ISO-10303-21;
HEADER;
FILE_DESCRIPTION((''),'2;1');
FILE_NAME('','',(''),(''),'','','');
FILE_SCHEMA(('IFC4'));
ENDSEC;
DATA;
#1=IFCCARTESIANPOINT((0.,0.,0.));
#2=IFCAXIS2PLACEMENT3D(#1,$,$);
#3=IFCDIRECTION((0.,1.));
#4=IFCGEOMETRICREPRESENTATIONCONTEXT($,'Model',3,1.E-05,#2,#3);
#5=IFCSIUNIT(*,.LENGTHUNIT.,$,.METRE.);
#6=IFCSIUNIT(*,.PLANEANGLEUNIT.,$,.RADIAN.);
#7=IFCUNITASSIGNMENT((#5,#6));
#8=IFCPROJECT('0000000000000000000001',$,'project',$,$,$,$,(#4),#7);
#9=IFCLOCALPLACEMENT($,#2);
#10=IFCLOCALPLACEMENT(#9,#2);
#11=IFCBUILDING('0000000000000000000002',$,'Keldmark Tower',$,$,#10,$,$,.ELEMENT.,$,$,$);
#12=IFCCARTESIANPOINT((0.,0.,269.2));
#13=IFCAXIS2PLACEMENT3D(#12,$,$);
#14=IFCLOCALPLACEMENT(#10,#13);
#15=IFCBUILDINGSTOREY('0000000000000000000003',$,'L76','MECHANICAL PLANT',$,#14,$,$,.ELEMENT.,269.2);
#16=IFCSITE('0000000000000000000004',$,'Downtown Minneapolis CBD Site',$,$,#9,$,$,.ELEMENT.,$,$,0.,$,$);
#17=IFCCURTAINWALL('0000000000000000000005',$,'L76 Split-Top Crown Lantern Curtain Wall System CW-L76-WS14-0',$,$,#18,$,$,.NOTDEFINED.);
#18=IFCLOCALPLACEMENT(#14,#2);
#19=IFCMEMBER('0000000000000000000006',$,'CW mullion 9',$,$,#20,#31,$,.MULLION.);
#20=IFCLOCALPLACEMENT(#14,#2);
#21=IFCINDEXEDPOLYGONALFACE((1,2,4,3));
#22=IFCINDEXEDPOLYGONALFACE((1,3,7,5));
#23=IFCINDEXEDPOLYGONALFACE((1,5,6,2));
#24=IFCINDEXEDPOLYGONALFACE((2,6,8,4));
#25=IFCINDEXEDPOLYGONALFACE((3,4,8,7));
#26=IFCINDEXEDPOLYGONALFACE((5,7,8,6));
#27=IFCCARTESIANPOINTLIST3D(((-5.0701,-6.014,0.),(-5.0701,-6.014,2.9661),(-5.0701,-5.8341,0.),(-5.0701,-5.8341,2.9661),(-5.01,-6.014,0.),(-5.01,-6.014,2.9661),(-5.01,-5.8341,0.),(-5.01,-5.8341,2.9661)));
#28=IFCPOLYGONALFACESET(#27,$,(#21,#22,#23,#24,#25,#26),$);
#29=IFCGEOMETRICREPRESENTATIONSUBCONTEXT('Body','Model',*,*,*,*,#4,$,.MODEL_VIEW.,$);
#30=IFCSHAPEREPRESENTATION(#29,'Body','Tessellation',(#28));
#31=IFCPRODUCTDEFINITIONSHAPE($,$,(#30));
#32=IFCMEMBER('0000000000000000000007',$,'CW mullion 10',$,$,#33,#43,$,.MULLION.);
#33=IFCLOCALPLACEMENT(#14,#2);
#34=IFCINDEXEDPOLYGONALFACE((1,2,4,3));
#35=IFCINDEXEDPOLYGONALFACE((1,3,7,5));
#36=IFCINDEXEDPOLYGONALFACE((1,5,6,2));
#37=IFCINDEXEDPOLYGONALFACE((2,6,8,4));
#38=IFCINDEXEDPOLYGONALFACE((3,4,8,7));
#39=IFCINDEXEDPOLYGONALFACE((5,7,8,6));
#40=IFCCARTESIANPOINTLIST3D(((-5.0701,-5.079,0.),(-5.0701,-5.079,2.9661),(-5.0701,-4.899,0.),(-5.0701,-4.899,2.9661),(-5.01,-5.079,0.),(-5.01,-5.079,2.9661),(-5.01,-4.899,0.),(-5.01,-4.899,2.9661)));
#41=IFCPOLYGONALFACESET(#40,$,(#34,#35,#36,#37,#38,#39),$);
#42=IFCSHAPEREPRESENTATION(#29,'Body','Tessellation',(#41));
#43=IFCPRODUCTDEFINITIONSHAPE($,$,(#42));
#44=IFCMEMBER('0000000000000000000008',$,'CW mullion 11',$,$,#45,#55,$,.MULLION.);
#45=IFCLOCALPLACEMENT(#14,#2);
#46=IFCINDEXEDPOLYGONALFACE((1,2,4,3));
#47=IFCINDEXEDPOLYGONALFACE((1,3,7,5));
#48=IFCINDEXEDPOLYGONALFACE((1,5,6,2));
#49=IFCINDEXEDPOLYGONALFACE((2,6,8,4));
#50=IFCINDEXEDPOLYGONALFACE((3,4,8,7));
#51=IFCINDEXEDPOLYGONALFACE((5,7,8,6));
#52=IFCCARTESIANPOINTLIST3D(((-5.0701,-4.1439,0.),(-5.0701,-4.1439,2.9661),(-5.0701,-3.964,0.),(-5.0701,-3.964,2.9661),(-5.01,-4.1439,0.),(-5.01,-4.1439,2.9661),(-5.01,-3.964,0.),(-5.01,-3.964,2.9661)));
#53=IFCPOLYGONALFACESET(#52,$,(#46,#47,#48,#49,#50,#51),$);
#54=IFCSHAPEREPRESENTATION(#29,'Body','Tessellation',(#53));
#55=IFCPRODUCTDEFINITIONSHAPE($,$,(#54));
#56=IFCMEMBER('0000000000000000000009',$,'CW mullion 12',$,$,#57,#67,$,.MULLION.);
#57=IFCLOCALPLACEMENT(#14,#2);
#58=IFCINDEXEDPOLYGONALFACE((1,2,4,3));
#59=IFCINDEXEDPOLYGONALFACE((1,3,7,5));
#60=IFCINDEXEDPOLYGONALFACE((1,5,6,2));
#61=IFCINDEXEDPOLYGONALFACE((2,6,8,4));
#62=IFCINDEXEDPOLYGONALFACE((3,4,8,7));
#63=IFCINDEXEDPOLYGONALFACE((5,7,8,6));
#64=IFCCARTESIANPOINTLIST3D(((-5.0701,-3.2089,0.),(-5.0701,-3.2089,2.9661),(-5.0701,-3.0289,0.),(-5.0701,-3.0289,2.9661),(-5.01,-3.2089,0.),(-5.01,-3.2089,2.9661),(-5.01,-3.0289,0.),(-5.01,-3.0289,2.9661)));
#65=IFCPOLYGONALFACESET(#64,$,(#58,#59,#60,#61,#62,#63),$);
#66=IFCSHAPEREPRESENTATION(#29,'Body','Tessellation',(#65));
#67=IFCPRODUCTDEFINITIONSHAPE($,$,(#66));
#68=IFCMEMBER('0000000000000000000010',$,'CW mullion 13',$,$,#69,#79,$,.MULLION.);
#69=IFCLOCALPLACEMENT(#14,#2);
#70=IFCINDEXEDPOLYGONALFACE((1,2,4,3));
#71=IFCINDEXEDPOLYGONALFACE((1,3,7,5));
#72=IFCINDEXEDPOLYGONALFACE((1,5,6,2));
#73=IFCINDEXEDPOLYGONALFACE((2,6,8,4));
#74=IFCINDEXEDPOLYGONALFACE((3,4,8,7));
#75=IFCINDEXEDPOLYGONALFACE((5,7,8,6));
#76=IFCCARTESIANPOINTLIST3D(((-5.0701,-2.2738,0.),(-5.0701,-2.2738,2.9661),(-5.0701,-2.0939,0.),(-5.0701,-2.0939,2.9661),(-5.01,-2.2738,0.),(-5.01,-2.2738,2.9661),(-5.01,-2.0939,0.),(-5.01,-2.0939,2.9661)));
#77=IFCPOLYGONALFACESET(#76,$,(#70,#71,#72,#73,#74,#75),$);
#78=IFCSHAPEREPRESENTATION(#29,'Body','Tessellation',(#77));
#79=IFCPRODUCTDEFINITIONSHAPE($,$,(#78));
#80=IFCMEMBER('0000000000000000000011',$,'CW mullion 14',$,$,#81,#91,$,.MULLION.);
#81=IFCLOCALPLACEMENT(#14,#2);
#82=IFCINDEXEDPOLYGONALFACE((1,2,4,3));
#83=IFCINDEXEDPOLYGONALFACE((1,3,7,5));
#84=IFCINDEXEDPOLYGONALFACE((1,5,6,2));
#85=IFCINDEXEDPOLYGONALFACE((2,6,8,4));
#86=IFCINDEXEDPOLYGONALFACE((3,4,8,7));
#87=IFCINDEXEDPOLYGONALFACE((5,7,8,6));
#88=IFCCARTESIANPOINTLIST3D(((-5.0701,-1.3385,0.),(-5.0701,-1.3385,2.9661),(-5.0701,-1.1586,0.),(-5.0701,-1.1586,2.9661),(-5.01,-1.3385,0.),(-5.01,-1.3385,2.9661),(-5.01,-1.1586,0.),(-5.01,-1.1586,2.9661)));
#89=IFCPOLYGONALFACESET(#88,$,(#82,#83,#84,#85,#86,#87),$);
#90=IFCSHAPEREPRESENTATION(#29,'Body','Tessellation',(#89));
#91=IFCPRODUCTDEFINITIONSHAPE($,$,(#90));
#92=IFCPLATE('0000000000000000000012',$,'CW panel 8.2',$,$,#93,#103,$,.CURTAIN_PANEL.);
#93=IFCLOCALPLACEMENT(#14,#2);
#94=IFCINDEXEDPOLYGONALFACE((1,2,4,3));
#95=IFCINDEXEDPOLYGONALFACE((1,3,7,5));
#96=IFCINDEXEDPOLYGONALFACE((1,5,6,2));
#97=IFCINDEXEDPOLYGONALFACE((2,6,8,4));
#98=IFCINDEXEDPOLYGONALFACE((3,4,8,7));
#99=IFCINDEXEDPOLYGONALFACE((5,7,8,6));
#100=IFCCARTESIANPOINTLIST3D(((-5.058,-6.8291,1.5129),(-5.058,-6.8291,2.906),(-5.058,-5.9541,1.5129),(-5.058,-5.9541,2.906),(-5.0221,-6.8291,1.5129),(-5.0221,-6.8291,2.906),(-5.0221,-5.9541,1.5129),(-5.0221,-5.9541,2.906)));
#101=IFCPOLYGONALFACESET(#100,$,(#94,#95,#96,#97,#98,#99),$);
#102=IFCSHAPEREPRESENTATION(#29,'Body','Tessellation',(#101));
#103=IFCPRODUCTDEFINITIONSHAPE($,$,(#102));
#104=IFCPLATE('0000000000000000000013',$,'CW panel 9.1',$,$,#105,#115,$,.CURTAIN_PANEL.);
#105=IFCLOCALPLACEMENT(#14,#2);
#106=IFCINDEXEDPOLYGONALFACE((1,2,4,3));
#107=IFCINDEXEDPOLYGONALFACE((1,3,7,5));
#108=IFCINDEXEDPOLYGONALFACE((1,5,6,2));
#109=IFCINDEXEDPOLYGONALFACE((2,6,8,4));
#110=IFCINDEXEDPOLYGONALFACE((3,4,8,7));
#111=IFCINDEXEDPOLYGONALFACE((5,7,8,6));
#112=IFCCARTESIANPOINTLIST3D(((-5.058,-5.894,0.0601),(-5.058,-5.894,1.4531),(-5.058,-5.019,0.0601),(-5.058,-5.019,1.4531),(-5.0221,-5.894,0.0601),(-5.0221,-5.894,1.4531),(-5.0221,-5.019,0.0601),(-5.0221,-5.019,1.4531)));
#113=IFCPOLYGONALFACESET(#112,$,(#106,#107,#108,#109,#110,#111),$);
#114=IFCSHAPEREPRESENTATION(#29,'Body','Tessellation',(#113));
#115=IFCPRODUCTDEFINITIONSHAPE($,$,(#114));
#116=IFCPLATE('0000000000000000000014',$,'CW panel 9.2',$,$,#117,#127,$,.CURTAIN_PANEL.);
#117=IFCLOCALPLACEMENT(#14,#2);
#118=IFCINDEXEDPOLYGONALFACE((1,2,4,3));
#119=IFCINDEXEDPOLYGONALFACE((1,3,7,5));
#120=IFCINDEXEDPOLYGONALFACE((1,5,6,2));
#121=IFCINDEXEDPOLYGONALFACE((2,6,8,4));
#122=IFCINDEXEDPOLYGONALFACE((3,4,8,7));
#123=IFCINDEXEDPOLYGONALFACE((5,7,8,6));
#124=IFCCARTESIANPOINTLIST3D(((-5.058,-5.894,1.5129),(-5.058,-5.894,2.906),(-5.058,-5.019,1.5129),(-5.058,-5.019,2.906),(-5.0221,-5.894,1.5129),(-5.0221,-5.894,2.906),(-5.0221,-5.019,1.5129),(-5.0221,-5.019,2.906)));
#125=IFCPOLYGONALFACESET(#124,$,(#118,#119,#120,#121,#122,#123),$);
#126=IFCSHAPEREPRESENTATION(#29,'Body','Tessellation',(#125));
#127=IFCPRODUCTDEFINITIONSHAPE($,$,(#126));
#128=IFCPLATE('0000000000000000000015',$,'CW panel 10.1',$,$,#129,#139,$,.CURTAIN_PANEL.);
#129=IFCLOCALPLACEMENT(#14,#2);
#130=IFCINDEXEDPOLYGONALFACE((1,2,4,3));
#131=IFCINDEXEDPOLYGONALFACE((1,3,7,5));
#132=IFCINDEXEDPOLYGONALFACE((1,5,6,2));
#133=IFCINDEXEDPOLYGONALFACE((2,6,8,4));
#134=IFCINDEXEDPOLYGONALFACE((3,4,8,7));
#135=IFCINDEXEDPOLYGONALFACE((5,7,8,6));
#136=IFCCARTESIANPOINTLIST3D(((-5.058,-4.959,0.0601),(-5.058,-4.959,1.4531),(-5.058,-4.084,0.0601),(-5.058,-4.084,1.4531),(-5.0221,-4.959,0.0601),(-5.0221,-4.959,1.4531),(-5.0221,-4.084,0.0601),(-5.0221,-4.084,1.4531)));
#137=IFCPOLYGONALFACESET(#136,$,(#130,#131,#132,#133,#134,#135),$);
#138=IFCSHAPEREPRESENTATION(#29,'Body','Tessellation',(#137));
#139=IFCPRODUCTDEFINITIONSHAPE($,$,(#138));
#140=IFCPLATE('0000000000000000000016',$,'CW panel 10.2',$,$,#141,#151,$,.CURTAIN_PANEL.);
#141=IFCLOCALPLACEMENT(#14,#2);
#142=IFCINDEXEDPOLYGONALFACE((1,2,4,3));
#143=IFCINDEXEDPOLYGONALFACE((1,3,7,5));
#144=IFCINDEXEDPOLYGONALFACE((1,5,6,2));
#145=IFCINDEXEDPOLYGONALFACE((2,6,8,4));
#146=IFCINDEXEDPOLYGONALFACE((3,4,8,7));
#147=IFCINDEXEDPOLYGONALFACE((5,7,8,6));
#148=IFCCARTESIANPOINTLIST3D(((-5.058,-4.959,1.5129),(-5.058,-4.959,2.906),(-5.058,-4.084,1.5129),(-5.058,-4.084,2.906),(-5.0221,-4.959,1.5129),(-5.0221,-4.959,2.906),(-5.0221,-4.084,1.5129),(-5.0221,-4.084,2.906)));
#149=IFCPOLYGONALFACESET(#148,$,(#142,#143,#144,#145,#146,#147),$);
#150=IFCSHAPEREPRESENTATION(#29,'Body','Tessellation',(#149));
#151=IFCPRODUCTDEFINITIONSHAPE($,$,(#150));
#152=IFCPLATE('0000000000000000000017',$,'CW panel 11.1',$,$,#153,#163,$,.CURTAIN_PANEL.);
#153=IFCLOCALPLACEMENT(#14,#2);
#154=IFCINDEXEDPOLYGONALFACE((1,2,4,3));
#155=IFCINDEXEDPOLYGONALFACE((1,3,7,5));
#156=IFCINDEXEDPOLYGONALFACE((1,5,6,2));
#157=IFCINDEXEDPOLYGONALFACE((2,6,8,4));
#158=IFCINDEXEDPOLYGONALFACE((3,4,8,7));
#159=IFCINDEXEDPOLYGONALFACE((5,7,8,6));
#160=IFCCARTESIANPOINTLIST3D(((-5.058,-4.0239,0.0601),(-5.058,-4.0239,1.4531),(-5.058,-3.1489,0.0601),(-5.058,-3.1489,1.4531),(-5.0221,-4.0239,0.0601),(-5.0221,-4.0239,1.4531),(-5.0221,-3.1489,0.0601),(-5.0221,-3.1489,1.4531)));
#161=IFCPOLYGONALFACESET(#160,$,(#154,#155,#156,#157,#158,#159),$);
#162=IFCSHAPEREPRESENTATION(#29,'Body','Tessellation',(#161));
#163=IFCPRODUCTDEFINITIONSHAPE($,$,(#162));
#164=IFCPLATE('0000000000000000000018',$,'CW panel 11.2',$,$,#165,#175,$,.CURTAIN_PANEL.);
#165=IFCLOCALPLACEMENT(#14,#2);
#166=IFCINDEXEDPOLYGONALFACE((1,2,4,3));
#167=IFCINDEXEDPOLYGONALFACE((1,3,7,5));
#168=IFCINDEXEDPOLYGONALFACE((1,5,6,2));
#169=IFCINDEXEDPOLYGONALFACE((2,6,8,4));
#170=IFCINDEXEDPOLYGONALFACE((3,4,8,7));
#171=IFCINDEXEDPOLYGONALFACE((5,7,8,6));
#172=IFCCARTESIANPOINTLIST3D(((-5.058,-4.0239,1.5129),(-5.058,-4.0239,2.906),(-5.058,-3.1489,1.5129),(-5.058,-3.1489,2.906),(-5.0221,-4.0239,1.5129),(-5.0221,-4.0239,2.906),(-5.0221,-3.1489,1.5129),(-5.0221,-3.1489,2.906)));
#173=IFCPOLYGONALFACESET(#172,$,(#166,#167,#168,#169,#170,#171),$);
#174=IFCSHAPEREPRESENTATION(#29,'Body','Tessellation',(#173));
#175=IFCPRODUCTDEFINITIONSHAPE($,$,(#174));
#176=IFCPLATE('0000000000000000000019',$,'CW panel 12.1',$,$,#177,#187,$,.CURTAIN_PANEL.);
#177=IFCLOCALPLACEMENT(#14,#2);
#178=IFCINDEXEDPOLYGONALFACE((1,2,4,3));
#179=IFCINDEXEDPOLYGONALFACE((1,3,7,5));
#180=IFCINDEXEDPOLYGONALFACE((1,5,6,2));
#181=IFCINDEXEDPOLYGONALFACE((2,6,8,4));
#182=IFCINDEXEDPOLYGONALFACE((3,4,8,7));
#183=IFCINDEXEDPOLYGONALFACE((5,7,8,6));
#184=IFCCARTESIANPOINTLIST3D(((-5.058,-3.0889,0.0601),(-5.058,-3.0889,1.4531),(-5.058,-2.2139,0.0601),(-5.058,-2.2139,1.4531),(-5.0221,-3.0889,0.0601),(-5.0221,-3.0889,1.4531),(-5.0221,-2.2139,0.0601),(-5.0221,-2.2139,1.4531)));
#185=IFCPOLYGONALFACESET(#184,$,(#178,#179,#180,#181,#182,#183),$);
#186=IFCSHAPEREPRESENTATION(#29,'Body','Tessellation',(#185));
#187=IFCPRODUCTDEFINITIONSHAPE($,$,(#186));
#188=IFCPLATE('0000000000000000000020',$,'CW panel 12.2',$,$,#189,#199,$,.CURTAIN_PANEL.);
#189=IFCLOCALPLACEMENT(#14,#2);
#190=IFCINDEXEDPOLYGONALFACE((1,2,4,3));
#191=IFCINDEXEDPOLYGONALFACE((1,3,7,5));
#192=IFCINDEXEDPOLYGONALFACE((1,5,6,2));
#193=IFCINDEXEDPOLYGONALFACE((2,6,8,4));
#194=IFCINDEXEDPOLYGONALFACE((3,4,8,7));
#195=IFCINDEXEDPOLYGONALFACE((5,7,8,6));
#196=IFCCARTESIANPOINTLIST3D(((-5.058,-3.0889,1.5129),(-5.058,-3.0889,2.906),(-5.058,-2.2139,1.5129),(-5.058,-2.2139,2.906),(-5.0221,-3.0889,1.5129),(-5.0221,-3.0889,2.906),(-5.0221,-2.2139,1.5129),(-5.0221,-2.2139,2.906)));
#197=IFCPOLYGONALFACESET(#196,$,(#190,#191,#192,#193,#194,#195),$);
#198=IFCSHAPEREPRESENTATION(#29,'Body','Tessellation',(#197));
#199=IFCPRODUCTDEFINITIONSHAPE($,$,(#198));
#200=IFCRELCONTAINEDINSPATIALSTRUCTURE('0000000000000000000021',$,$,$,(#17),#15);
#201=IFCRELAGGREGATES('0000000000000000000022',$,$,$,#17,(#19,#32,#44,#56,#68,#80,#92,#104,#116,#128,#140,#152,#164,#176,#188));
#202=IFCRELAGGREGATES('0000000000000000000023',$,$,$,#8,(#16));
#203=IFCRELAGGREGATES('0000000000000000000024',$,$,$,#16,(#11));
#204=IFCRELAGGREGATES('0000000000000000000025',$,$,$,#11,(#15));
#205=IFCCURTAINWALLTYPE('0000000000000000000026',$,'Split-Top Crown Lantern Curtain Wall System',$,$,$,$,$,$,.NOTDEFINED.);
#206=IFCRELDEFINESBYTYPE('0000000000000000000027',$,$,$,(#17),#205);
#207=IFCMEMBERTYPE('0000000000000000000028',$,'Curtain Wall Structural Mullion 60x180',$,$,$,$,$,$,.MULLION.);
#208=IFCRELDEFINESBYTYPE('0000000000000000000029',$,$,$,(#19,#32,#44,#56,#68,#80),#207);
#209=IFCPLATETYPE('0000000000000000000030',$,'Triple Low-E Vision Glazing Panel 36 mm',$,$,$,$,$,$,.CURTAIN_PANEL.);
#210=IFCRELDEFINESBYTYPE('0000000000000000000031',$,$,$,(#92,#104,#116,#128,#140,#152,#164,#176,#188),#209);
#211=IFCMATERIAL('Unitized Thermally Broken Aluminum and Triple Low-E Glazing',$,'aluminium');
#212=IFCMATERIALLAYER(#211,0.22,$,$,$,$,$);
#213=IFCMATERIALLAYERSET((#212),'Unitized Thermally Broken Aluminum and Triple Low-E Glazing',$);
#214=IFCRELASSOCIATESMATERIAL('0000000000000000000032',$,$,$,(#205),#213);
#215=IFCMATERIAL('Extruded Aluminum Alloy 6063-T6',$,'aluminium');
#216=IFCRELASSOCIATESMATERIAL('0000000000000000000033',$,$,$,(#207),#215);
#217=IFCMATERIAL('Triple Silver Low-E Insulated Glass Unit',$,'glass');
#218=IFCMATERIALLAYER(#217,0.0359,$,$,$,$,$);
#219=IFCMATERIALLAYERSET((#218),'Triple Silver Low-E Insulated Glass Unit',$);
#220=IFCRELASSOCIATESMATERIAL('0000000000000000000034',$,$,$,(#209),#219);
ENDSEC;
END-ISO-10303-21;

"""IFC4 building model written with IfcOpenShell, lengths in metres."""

from ifc_helpers import new_model, si_unit, direction, frame, origin, origin_2d, place, context, subcontext, project, spatial, rectangle, extrude, material, layer, layer_set, material_profile, profile_set, type_object, element, aggregate, save


model = new_model("IFC4")

# Units and contexts
model_context = context("Model", 3, precision=1e-05, world=origin(), true_north=direction((0.0, 1.0)))
body_context = subcontext(model_context, "Body", "Model", "MODEL_VIEW")
ifc_project = project(units=[si_unit("LENGTHUNIT", "METRE"), si_unit("PLANEANGLEUNIT", "RADIAN")], contexts=[model_context])

# Site, building, storey
site_placement = place(None, origin())
site = spatial("IfcSite", under=ifc_project, at=site_placement, Name="Downtown Minneapolis CBD Site", CompositionType="ELEMENT", RefElevation=0.0)
building_placement = place(site_placement, origin())
building = spatial("IfcBuilding", under=site, at=building_placement, Name="Keldmark Tower", CompositionType="ELEMENT")
storey_placement = place(building_placement, frame((0.0, 0.0, 269.2)))
storey = spatial("IfcBuildingStorey", under=building, at=storey_placement, Name="L76", Description="MECHANICAL PLANT", CompositionType="ELEMENT", Elevation=269.2)

# Curtain wall, members, plates
ifc_material_1 = material(Name="Unitized Thermally Broken Aluminum and Triple Low-E Glazing", Category="aluminium")
ifc_layer_1 = layer(ifc_material_1, 0.22)
ifc_layer_set_1 = layer_set([ifc_layer_1], Name="Unitized Thermally Broken Aluminum and Triple Low-E Glazing")
curtain_wall_type = type_object("IfcCurtainWallType", Name="Split-Top Crown Lantern Curtain Wall System", PredefinedType="NOTDEFINED", material=ifc_layer_set_1)
curtain_wall_placement = place(storey_placement, origin())
curtain_wall = element("IfcCurtainWall", 1, at=curtain_wall_placement, inside=storey, type_object=curtain_wall_type, Name="L76 Split-Top Crown Lantern Curtain Wall System CW-L76-WS14-0", PredefinedType="NOTDEFINED")
ifc_material_2 = material(Name="Extruded Aluminum Alloy 6063-T6", Category="aluminium")
ifc_material_profile_1 = material_profile(ifc_material_2, rectangle(XDim=0.0601, YDim=0.1799, at=origin_2d()), Name="CWM60X180")
ifc_profile_set_1 = profile_set([ifc_material_profile_1], Name="Extruded Aluminum Alloy 6063-T6")
member_type_1 = type_object("IfcMemberType", Name="Curtain Wall Structural Mullion 60x180", PredefinedType="MULLION", material=ifc_profile_set_1)
member_1_placement = place(storey_placement, frame((-5.04, -5.9241, 0.0), z_axis=(0.0, 0.0, 1.0), x_axis=(-1.0, 0.0, 0.0)))
member_1 = element("IfcMember", 2, at=member_1_placement, type_object=member_type_1, Name="CW mullion 9", PredefinedType="MULLION", context=body_context, shape_type="SweptSolid", body=[
    extrude(rectangle(XDim=0.0601, YDim=0.1799, at=origin_2d()), origin(), (0.0, 0.0, 1.0), 2.9661),
])
member_2_placement = place(storey_placement, frame((-5.04, -4.989, 0.0), z_axis=(0.0, 0.0, 1.0), x_axis=(-1.0, 0.0, 0.0)))
member_2 = element("IfcMember", 3, at=member_2_placement, type_object=member_type_1, Name="CW mullion 10", PredefinedType="MULLION", context=body_context, shape_type="SweptSolid", body=[
    extrude(rectangle(XDim=0.0601, YDim=0.1799, at=origin_2d()), origin(), (0.0, 0.0, 1.0), 2.9661),
])
member_3_placement = place(storey_placement, frame((-5.04, -4.054, 0.0), z_axis=(0.0, 0.0, 1.0), x_axis=(-1.0, 0.0, 0.0)))
member_3 = element("IfcMember", 4, at=member_3_placement, type_object=member_type_1, Name="CW mullion 11", PredefinedType="MULLION", context=body_context, shape_type="SweptSolid", body=[
    extrude(rectangle(XDim=0.0601, YDim=0.1799, at=origin_2d()), origin(), (0.0, 0.0, 1.0), 2.9661),
])
member_4_placement = place(storey_placement, frame((-5.04, -3.1189, 0.0), z_axis=(0.0, 0.0, 1.0), x_axis=(-1.0, 0.0, 0.0)))
member_4 = element("IfcMember", 5, at=member_4_placement, type_object=member_type_1, Name="CW mullion 12", PredefinedType="MULLION", context=body_context, shape_type="SweptSolid", body=[
    extrude(rectangle(XDim=0.0601, YDim=0.1799, at=origin_2d()), origin(), (0.0, 0.0, 1.0), 2.9661),
])
member_5_placement = place(storey_placement, frame((-5.04, -2.1838, 0.0), z_axis=(0.0, 0.0, 1.0), x_axis=(-1.0, 0.0, 0.0)))
member_5 = element("IfcMember", 6, at=member_5_placement, type_object=member_type_1, Name="CW mullion 13", PredefinedType="MULLION", context=body_context, shape_type="SweptSolid", body=[
    extrude(rectangle(XDim=0.0601, YDim=0.1799, at=origin_2d()), origin(), (0.0, 0.0, 1.0), 2.9661),
])
member_6_placement = place(storey_placement, frame((-5.04, -1.2485, 0.0), z_axis=(0.0, 0.0, 1.0), x_axis=(-1.0, 0.0, 0.0)))
member_6 = element("IfcMember", 7, at=member_6_placement, type_object=member_type_1, Name="CW mullion 14", PredefinedType="MULLION", context=body_context, shape_type="SweptSolid", body=[
    extrude(rectangle(XDim=0.0601, YDim=0.1799, at=origin_2d()), origin(), (0.0, 0.0, 1.0), 2.9661),
])
ifc_material_3 = material(Name="Triple Silver Low-E Insulated Glass Unit", Category="glass")
ifc_layer_2 = layer(ifc_material_3, 0.0359)
ifc_layer_set_2 = layer_set([ifc_layer_2], Name="Triple Silver Low-E Insulated Glass Unit")
plate_type = type_object("IfcPlateType", Name="Triple Low-E Vision Glazing Panel 36 mm", PredefinedType="CURTAIN_PANEL", material=ifc_layer_set_2)
plate_1_placement = place(storey_placement, frame((-5.04, -6.3916, 1.5129), z_axis=(0.0, 0.0, 1.0), x_axis=(0.0, 1.0, 0.0)))
plate_1 = element("IfcPlate", 8, at=plate_1_placement, type_object=plate_type, Name="CW panel 8.2", PredefinedType="CURTAIN_PANEL", context=body_context, shape_type="SweptSolid", body=[
    extrude(rectangle(XDim=0.875, YDim=0.0359, at=origin_2d()), origin(), (0.0, 0.0, 1.0), 1.3931),
])
plate_2_placement = place(storey_placement, frame((-5.04, -5.4565, 0.0601), z_axis=(0.0, 0.0, 1.0), x_axis=(0.0, 1.0, 0.0)))
plate_2 = element("IfcPlate", 9, at=plate_2_placement, type_object=plate_type, Name="CW panel 9.1", PredefinedType="CURTAIN_PANEL", context=body_context, shape_type="SweptSolid", body=[
    extrude(rectangle(XDim=0.875, YDim=0.0359, at=origin_2d()), origin(), (0.0, 0.0, 1.0), 1.3931),
])
plate_3_placement = place(storey_placement, frame((-5.04, -5.4565, 1.5129), z_axis=(0.0, 0.0, 1.0), x_axis=(0.0, 1.0, 0.0)))
plate_3 = element("IfcPlate", 10, at=plate_3_placement, type_object=plate_type, Name="CW panel 9.2", PredefinedType="CURTAIN_PANEL", context=body_context, shape_type="SweptSolid", body=[
    extrude(rectangle(XDim=0.875, YDim=0.0359, at=origin_2d()), origin(), (0.0, 0.0, 1.0), 1.3931),
])
plate_4_placement = place(storey_placement, frame((-5.04, -4.5215, 0.0601), z_axis=(0.0, 0.0, 1.0), x_axis=(0.0, 1.0, 0.0)))
plate_4 = element("IfcPlate", 11, at=plate_4_placement, type_object=plate_type, Name="CW panel 10.1", PredefinedType="CURTAIN_PANEL", context=body_context, shape_type="SweptSolid", body=[
    extrude(rectangle(XDim=0.875, YDim=0.0359, at=origin_2d()), origin(), (0.0, 0.0, 1.0), 1.3931),
])
plate_5_placement = place(storey_placement, frame((-5.04, -4.5215, 1.5129), z_axis=(0.0, 0.0, 1.0), x_axis=(0.0, 1.0, 0.0)))
plate_5 = element("IfcPlate", 12, at=plate_5_placement, type_object=plate_type, Name="CW panel 10.2", PredefinedType="CURTAIN_PANEL", context=body_context, shape_type="SweptSolid", body=[
    extrude(rectangle(XDim=0.875, YDim=0.0359, at=origin_2d()), origin(), (0.0, 0.0, 1.0), 1.3931),
])
plate_6_placement = place(storey_placement, frame((-5.04, -3.5864, 0.0601), z_axis=(0.0, 0.0, 1.0), x_axis=(0.0, 1.0, 0.0)))
plate_6 = element("IfcPlate", 13, at=plate_6_placement, type_object=plate_type, Name="CW panel 11.1", PredefinedType="CURTAIN_PANEL", context=body_context, shape_type="SweptSolid", body=[
    extrude(rectangle(XDim=0.875, YDim=0.0359, at=origin_2d()), origin(), (0.0, 0.0, 1.0), 1.3931),
])
plate_7_placement = place(storey_placement, frame((-5.04, -3.5864, 1.5129), z_axis=(0.0, 0.0, 1.0), x_axis=(0.0, 1.0, 0.0)))
plate_7 = element("IfcPlate", 14, at=plate_7_placement, type_object=plate_type, Name="CW panel 11.2", PredefinedType="CURTAIN_PANEL", context=body_context, shape_type="SweptSolid", body=[
    extrude(rectangle(XDim=0.875, YDim=0.0359, at=origin_2d()), origin(), (0.0, 0.0, 1.0), 1.3931),
])
plate_8_placement = place(storey_placement, frame((-5.04, -2.6514, 0.0601), z_axis=(0.0, 0.0, 1.0), x_axis=(0.0, 1.0, 0.0)))
plate_8 = element("IfcPlate", 15, at=plate_8_placement, type_object=plate_type, Name="CW panel 12.1", PredefinedType="CURTAIN_PANEL", context=body_context, shape_type="SweptSolid", body=[
    extrude(rectangle(XDim=0.875, YDim=0.0359, at=origin_2d()), origin(), (0.0, 0.0, 1.0), 1.3931),
])
plate_9_placement = place(storey_placement, frame((-5.04, -2.6514, 1.5129), z_axis=(0.0, 0.0, 1.0), x_axis=(0.0, 1.0, 0.0)))
plate_9 = element("IfcPlate", 16, at=plate_9_placement, type_object=plate_type, Name="CW panel 12.2", PredefinedType="CURTAIN_PANEL", context=body_context, shape_type="SweptSolid", body=[
    extrude(rectangle(XDim=0.875, YDim=0.0359, at=origin_2d()), origin(), (0.0, 0.0, 1.0), 1.3931),
])
aggregate(curtain_wall, [member_1, member_2, member_3, member_4, member_5, member_6, plate_1, plate_2, plate_3, plate_4, plate_5, plate_6, plate_7, plate_8, plate_9])

save(model, "model.ifc")
